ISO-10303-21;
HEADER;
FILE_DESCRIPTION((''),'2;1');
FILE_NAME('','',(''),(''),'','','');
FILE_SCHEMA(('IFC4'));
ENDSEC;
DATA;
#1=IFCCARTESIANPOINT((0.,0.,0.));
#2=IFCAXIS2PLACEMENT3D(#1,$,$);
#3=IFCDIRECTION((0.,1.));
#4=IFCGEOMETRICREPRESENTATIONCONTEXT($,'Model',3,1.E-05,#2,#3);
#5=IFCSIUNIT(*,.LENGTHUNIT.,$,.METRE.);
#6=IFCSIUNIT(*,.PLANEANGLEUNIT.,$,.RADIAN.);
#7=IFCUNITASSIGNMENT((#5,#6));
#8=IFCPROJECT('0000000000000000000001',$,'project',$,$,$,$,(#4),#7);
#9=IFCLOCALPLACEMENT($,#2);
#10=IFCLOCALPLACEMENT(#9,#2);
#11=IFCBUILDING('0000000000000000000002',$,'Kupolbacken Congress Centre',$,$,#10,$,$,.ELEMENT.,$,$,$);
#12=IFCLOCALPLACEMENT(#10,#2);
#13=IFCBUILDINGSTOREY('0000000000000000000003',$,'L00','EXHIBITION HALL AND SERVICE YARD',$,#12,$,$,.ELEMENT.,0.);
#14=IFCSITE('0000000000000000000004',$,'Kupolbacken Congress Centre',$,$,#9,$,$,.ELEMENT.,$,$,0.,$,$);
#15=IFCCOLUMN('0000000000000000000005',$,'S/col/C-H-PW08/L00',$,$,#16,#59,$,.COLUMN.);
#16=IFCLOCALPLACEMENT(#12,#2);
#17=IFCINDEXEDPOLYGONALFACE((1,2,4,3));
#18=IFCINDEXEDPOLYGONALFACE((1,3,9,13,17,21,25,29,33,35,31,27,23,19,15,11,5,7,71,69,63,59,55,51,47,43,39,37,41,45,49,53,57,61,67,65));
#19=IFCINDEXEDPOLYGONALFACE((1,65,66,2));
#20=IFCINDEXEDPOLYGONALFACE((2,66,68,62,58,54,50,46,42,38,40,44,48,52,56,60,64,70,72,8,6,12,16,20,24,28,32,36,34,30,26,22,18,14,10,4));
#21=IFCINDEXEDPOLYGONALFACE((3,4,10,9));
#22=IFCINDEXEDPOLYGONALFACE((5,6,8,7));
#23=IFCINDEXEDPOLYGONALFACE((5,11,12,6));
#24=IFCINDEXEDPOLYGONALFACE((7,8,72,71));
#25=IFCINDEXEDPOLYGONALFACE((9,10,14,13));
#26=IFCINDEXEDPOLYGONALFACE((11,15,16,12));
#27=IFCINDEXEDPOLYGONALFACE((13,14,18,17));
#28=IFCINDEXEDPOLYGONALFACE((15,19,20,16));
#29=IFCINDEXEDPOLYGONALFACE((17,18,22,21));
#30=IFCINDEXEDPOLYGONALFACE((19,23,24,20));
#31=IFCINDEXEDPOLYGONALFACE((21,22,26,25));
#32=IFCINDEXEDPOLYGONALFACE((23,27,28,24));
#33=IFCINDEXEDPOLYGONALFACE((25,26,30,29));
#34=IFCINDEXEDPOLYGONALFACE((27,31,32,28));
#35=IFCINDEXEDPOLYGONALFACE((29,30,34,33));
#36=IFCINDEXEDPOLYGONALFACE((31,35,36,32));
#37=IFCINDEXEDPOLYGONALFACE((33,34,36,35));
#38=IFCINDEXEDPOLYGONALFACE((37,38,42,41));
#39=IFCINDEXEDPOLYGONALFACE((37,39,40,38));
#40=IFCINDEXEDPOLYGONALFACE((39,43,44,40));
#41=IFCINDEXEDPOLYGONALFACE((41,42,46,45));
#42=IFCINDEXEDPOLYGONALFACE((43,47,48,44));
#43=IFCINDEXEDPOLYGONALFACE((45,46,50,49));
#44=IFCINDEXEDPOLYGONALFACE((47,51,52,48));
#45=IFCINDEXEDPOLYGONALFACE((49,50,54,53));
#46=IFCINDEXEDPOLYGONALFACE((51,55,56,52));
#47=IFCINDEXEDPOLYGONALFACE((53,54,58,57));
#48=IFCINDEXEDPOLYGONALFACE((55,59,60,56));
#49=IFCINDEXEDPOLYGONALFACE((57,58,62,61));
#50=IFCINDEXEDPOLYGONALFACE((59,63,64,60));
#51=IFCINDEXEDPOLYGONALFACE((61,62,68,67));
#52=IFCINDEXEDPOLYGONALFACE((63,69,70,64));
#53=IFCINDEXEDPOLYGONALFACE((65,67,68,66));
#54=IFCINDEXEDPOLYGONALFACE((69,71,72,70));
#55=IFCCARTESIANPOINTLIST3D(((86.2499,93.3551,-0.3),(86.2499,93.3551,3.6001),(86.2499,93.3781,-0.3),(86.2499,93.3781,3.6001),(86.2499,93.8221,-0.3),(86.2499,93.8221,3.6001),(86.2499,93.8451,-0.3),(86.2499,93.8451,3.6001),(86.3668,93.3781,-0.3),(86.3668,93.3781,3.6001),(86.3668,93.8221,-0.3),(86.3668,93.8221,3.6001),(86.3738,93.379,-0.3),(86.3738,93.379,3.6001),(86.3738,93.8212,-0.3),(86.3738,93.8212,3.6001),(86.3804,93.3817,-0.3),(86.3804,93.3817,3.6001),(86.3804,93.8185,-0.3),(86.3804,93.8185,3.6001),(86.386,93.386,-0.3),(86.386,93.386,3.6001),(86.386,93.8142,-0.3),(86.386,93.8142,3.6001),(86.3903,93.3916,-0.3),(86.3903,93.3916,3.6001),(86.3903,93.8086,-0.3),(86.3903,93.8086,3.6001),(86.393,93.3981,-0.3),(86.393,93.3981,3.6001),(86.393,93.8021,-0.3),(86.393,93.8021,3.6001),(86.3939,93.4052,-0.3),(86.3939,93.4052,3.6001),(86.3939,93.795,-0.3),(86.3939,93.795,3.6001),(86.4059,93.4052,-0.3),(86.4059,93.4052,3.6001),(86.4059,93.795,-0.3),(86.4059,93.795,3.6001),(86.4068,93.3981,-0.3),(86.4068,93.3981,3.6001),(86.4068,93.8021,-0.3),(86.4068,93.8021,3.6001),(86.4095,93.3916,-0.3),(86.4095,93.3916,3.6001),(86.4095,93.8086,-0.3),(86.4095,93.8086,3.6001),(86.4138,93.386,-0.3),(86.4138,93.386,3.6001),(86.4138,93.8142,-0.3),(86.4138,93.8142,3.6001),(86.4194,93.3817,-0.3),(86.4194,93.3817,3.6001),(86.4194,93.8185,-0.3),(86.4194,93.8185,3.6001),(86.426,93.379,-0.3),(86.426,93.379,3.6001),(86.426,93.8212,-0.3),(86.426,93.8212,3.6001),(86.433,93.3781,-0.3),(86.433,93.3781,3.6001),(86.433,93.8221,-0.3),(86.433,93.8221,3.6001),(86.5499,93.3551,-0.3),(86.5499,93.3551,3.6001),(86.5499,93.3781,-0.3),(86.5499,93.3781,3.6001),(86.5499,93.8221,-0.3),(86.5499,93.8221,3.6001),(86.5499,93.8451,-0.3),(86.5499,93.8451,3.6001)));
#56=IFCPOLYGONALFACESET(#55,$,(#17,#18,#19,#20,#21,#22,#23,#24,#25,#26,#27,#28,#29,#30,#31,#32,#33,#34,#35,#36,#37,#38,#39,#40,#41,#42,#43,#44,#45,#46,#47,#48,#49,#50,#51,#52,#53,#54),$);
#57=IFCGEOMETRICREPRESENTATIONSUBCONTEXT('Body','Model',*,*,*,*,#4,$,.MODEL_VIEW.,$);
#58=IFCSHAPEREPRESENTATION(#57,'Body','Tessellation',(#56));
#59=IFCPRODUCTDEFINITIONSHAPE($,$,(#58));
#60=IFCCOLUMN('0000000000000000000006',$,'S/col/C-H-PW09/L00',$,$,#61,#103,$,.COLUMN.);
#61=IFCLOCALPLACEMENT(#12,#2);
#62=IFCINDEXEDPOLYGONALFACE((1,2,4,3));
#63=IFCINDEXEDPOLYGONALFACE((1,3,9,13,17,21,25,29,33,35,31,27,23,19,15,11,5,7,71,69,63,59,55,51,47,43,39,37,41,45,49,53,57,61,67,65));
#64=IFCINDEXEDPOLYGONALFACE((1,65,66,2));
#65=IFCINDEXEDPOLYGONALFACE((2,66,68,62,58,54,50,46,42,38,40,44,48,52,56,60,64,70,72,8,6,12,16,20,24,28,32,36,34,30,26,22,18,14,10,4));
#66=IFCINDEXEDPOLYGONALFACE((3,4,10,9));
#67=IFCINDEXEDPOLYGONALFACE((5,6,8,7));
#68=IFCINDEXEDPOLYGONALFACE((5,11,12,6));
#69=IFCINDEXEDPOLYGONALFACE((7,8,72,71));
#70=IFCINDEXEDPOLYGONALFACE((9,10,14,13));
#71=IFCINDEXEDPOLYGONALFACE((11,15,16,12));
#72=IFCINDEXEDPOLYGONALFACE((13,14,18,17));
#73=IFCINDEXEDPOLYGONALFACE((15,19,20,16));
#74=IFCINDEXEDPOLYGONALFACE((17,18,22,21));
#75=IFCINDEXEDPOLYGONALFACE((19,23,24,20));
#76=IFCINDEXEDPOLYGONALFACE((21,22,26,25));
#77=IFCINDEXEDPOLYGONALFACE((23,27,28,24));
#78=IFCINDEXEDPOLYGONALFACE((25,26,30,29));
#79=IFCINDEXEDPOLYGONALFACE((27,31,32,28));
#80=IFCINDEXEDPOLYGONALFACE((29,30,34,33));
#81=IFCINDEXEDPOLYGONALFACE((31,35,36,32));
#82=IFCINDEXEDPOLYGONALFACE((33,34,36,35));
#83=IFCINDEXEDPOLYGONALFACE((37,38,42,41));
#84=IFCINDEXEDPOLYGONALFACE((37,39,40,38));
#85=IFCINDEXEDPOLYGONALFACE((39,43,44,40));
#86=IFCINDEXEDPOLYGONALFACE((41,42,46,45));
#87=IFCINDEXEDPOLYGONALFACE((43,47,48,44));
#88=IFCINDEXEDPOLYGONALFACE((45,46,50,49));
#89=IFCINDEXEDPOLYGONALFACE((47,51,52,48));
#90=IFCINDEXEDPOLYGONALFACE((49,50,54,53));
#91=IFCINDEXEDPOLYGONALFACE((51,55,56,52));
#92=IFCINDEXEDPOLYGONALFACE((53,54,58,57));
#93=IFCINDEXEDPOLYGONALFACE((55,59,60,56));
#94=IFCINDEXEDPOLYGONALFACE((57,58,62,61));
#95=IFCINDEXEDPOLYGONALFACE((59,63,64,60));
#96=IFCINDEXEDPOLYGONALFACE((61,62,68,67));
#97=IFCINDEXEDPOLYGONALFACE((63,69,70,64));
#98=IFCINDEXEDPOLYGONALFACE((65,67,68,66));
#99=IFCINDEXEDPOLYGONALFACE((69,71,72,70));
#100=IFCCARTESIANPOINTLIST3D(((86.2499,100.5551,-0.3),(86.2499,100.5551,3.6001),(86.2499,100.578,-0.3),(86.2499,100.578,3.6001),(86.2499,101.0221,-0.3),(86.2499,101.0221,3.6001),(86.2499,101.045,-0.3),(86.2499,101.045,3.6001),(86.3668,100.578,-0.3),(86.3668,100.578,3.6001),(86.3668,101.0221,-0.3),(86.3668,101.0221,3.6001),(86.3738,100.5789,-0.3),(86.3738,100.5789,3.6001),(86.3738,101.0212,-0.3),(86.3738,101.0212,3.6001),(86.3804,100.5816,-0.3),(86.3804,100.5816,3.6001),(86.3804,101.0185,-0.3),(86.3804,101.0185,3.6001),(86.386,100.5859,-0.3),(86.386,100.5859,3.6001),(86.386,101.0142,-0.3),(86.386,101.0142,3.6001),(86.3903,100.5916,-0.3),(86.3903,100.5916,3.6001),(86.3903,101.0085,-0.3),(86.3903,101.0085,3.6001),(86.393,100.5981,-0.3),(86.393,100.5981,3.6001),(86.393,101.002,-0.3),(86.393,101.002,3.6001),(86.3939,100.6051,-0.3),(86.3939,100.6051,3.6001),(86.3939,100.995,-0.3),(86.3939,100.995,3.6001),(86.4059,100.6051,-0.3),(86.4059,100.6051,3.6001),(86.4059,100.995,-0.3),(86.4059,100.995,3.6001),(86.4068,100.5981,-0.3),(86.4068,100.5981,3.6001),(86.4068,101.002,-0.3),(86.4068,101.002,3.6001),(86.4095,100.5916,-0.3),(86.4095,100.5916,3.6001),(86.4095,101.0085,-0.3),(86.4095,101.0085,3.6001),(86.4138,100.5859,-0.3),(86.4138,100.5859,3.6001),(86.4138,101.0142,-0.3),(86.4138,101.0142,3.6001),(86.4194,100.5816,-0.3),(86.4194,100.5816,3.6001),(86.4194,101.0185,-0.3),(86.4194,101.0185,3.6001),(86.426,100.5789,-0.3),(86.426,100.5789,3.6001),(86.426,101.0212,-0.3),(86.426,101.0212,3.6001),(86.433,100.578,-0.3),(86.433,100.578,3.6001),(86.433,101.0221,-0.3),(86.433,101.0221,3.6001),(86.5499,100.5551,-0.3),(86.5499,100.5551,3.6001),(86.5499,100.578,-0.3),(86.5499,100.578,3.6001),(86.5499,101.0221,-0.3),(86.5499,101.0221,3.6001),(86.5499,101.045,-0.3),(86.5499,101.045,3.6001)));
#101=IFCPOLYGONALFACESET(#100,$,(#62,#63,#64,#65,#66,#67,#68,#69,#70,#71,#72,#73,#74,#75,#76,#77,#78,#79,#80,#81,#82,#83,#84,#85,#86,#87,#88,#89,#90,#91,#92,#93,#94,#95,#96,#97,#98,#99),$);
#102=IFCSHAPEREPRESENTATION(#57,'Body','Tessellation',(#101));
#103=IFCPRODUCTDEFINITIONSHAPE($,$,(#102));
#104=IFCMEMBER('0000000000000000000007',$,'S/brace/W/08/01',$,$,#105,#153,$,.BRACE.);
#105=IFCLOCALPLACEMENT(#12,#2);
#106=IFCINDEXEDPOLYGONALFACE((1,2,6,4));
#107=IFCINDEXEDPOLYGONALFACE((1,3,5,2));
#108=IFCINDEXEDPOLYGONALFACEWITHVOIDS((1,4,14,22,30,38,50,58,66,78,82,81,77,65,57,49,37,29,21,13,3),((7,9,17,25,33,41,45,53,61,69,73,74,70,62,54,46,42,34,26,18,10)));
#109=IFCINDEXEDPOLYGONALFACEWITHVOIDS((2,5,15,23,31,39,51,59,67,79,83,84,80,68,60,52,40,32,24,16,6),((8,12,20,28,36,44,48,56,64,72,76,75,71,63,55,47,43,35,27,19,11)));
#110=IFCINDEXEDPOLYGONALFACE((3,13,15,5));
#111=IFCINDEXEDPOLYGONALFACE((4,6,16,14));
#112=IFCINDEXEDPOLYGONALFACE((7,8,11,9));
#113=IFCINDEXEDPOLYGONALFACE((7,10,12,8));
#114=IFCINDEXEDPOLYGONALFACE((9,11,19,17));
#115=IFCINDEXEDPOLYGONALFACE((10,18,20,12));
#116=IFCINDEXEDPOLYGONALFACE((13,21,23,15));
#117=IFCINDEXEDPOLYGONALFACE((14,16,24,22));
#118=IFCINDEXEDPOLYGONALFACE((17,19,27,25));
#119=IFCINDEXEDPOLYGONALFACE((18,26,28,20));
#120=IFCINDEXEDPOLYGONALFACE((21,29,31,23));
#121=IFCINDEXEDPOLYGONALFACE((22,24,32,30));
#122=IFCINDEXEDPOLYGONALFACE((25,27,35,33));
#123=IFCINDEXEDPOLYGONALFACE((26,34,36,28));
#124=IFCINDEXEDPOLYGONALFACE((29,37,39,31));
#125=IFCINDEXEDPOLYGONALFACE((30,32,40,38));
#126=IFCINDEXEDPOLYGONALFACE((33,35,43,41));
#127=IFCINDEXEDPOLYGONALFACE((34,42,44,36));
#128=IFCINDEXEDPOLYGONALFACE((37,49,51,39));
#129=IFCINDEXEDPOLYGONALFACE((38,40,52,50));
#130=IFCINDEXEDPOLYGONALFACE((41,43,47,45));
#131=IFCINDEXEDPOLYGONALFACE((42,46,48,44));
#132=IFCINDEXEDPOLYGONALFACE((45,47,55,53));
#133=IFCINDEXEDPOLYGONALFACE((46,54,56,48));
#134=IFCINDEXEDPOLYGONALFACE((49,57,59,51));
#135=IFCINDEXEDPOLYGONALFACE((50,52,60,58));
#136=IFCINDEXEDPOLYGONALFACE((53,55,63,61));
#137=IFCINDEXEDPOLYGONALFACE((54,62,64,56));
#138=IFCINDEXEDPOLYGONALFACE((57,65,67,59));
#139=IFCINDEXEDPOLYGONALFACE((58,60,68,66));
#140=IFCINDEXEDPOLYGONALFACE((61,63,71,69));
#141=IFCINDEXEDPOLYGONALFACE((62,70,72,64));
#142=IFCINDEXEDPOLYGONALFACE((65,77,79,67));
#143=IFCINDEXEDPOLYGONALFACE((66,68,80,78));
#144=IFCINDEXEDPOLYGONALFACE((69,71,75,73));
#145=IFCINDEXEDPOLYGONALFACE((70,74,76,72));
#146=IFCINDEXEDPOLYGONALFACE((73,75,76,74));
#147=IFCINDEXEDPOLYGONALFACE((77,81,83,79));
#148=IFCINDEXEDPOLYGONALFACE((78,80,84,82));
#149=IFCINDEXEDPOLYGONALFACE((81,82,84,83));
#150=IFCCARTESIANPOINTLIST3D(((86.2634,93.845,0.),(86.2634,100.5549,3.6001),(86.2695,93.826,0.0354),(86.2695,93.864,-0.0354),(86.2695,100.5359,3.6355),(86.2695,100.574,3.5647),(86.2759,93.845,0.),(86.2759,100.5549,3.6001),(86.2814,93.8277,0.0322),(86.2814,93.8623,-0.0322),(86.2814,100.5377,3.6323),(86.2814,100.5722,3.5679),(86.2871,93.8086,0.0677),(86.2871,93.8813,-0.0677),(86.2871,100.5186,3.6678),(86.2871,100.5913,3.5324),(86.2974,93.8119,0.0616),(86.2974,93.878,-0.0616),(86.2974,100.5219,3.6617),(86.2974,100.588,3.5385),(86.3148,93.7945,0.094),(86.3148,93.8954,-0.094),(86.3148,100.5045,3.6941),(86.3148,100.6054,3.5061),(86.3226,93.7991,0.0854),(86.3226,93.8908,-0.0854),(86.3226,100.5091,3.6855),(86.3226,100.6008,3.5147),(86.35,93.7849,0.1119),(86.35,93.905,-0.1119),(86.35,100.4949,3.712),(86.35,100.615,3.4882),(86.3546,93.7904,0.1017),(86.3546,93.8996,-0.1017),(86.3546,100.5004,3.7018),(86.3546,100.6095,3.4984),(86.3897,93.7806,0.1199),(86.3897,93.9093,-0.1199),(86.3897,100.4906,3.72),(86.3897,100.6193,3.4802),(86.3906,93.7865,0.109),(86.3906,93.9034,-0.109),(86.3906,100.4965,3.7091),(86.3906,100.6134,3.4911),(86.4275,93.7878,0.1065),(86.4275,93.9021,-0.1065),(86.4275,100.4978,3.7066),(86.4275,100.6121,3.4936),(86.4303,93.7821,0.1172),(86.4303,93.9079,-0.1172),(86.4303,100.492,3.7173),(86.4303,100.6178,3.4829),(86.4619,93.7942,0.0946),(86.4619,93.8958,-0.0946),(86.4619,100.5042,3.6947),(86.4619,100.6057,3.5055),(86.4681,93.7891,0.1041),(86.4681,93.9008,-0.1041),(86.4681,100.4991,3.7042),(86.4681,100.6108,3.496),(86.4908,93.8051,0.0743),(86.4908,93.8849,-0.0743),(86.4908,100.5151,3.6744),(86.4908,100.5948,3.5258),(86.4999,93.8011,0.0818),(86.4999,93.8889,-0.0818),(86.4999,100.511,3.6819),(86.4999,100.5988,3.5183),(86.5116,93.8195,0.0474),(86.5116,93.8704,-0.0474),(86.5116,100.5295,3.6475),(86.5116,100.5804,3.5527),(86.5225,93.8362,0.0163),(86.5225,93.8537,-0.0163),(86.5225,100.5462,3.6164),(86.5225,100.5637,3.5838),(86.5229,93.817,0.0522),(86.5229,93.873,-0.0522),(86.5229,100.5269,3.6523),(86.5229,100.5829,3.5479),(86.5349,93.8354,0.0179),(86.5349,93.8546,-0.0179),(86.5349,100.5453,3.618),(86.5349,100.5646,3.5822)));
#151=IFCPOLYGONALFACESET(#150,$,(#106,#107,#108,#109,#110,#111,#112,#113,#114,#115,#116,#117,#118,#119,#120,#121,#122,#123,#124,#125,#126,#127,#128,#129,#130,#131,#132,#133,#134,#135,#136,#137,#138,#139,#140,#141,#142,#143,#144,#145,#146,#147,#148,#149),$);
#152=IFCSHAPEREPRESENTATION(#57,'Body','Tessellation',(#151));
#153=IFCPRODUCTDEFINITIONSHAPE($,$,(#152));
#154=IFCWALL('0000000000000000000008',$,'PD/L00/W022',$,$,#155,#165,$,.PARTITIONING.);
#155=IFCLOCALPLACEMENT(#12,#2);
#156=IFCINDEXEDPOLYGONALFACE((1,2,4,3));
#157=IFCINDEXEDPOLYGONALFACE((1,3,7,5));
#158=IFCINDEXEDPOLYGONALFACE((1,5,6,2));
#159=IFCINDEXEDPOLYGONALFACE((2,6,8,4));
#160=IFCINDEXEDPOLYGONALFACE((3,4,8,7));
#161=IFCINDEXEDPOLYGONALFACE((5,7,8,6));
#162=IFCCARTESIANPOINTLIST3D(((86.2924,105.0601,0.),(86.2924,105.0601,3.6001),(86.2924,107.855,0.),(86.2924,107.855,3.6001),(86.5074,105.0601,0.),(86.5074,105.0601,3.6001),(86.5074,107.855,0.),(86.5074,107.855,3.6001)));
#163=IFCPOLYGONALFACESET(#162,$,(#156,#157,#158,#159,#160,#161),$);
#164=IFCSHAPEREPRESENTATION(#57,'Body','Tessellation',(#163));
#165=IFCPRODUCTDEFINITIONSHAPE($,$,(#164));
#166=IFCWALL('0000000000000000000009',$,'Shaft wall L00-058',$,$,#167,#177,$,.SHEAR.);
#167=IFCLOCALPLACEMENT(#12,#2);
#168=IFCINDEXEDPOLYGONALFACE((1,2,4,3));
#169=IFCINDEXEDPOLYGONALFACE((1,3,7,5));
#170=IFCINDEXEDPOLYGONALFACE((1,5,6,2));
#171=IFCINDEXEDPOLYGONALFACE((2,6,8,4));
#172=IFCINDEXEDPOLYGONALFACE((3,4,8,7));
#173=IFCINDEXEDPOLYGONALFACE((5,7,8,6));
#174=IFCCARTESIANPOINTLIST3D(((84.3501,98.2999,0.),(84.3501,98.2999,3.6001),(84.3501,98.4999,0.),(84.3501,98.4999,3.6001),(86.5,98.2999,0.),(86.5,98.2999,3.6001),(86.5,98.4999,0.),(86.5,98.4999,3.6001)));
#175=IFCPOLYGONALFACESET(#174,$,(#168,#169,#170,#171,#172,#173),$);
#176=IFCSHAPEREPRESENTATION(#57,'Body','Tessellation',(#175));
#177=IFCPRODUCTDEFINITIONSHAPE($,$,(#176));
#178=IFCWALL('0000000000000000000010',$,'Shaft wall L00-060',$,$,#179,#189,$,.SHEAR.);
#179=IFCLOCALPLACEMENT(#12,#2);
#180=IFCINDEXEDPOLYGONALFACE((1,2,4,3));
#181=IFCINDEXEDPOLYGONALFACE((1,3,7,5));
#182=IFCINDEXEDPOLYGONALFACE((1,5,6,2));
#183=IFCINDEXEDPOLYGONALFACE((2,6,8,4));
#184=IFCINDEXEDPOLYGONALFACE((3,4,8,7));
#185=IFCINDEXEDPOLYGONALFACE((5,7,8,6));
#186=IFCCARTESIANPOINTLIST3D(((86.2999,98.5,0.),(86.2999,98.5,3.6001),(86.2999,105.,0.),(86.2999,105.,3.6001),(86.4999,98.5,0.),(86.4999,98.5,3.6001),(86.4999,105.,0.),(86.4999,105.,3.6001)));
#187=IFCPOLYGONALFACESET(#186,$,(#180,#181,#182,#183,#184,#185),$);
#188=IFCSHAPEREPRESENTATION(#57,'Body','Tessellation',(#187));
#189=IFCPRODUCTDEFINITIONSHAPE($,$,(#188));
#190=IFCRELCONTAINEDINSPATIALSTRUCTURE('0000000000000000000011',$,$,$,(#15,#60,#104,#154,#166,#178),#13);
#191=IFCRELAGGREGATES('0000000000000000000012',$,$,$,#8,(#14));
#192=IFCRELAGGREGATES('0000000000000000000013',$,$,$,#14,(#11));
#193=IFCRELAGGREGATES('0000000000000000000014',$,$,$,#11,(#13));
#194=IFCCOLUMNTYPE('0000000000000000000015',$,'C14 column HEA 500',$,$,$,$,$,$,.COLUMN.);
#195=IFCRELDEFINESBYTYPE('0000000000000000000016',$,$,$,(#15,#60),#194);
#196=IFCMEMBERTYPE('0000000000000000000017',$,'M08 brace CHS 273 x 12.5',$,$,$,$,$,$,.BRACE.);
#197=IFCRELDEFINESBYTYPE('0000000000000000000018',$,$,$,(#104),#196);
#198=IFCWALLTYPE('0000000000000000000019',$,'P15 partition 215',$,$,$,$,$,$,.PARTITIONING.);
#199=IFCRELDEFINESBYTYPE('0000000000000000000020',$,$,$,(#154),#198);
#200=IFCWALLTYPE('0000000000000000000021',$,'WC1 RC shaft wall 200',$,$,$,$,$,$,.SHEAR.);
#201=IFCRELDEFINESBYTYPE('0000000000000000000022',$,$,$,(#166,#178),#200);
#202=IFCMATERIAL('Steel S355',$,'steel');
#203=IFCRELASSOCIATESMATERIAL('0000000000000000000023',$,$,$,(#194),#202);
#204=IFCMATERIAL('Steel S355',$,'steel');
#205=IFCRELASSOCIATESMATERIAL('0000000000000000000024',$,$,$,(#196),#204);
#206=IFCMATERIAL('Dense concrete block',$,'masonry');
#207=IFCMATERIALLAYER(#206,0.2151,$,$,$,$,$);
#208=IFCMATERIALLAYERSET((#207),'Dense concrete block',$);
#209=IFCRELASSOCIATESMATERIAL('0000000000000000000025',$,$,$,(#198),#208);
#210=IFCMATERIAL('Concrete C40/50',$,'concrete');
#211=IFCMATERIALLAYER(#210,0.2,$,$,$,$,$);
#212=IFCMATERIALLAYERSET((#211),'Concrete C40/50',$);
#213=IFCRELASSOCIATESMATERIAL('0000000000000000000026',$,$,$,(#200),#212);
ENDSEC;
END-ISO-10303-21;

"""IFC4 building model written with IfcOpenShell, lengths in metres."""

from ifc_helpers import new_model, si_unit, direction, frame, frame_2d, origin, origin_2d, place, context, subcontext, project, spatial, rectangle, hollow_circle, i_section, extrude, material, layer, layer_set, material_profile, profile_set, type_object, element, save


model = new_model("IFC4")

# Units and contexts
model_context = context("Model", 3, precision=1e-05, world=origin(), true_north=direction((0.0, 1.0)))
body_context = subcontext(model_context, "Body", "Model", "MODEL_VIEW")
ifc_project = project(units=[si_unit("LENGTHUNIT", "METRE"), si_unit("PLANEANGLEUNIT", "RADIAN")], contexts=[model_context])

# Site, building, storey
site_placement = place(None, origin())
site = spatial("IfcSite", under=ifc_project, at=site_placement, Name="Kupolbacken Congress Centre", CompositionType="ELEMENT", RefElevation=0.0)
building_placement = place(site_placement, origin())
building = spatial("IfcBuilding", under=site, at=building_placement, Name="Kupolbacken Congress Centre", CompositionType="ELEMENT")
storey_placement = place(building_placement, origin())
storey = spatial("IfcBuildingStorey", under=building, at=storey_placement, Name="L00", Description="EXHIBITION HALL AND SERVICE YARD", CompositionType="ELEMENT", Elevation=0.0)

# Columns
ifc_material_1 = material(Name="Steel S355", Category="steel")
ifc_material_profile_1 = material_profile(ifc_material_1, i_section(OverallWidth=0.3, OverallDepth=0.49, WebThickness=0.012, FlangeThickness=0.0229, FilletRadius=0.0271, at=origin_2d()), Name="HEA 500")
ifc_profile_set_1 = profile_set([ifc_material_profile_1], Name="Steel S355")
column_type = type_object("IfcColumnType", Name="C14 column HEA 500", PredefinedType="COLUMN", material=ifc_profile_set_1)
for number, where, z_axis, x_axis, name in (
    (1, (86.3999, 93.6001, -0.3), (0.0, 0.0, 1.0), (1.0, 0.0, 0.0), "S/col/C-H-PW08/L00"),
    (2, (86.3999, 100.8, -0.3), (0.0, 0.0, 1.0), (1.0, 0.0, 0.0), "S/col/C-H-PW09/L00"),
):
    element("IfcColumn", number, at=place(storey_placement, frame(where, z_axis=z_axis, x_axis=x_axis)), inside=storey, type_object=column_type, Name=name, PredefinedType="COLUMN", context=body_context, shape_type="SweptSolid", body=[
        extrude(i_section(OverallWidth=0.3, OverallDepth=0.49, WebThickness=0.012, FlangeThickness=0.0229, FilletRadius=0.0271, at=origin_2d()), origin(), (0.0, 0.0, 1.0), 3.9001),
    ])

# Member
ifc_material_2 = material(Name="Steel S355", Category="steel")
ifc_material_profile_2 = material_profile(ifc_material_2, hollow_circle(Radius=0.1365, WallThickness=0.0125, at=origin_2d()), Name="CHS 273 x 12.5")
ifc_profile_set_2 = profile_set([ifc_material_profile_2], Name="Steel S355")
member_type = type_object("IfcMemberType", Name="M08 brace CHS 273 x 12.5", PredefinedType="BRACE", material=ifc_profile_set_2)
member_placement = place(storey_placement, frame((86.3999, 93.845, 0.0), z_axis=(0.0, 0.88118, 0.47278), x_axis=(-1.0, 0.0, 0.0)))
element("IfcMember", 3, at=member_placement, inside=storey, type_object=member_type, Name="S/brace/W/08/01", PredefinedType="BRACE", context=body_context, shape_type="SweptSolid", body=[
    extrude(hollow_circle(Radius=0.1365, WallThickness=0.0125, at=origin_2d()), origin(), (0.0, 0.0, 1.0), 7.6147),
])

# Wall
ifc_material_3 = material(Name="Dense concrete block", Category="masonry")
ifc_layer_1 = layer(ifc_material_3, 0.2151)
ifc_layer_set_1 = layer_set([ifc_layer_1], Name="Dense concrete block")
wall_type_1 = type_object("IfcWallType", Name="P15 partition 215", PredefinedType="PARTITIONING", material=ifc_layer_set_1)
wall_1_placement = place(storey_placement, frame((86.3999, 105.0601, 0.0), z_axis=(0.0, 0.0, 1.0), x_axis=(0.0, 1.0, 0.0)))
element("IfcWall", 4, at=wall_1_placement, inside=storey, type_object=wall_type_1, Name="PD/L00/W022", PredefinedType="PARTITIONING", context=body_context, shape_type="SweptSolid", body=[
    extrude(rectangle(XDim=2.7949, YDim=0.2151, at=frame_2d((1.3975, 0.0))), origin(), (0.0, 0.0, 1.0), 3.6001),
])

# Walls
ifc_material_4 = material(Name="Concrete C40/50", Category="concrete")
ifc_layer_2 = layer(ifc_material_4, 0.2)
ifc_layer_set_2 = layer_set([ifc_layer_2], Name="Concrete C40/50")
wall_type_2 = type_object("IfcWallType", Name="WC1 RC shaft wall 200", PredefinedType="SHEAR", material=ifc_layer_set_2)
wall_2_placement = place(storey_placement, frame((84.3501, 98.3999, 0.0), z_axis=(0.0, 0.0, 1.0), x_axis=(1.0, 0.0, 0.0)))
element("IfcWall", 5, at=wall_2_placement, inside=storey, type_object=wall_type_2, Name="Shaft wall L00-058", PredefinedType="SHEAR", context=body_context, shape_type="SweptSolid", body=[
    extrude(rectangle(XDim=2.1499, YDim=0.2, at=frame_2d((1.075, 0.0))), origin(), (0.0, 0.0, 1.0), 3.6001),
])
wall_3_placement = place(storey_placement, frame((86.3999, 98.5, 0.0), z_axis=(0.0, 0.0, 1.0), x_axis=(0.0, 1.0, 0.0)))
element("IfcWall", 6, at=wall_3_placement, inside=storey, type_object=wall_type_2, Name="Shaft wall L00-060", PredefinedType="SHEAR", context=body_context, shape_type="SweptSolid", body=[
    extrude(rectangle(XDim=6.5, YDim=0.2, at=frame_2d((3.25, 0.0))), origin(), (0.0, 0.0, 1.0), 3.6001),
])

save(model, "model.ifc")
